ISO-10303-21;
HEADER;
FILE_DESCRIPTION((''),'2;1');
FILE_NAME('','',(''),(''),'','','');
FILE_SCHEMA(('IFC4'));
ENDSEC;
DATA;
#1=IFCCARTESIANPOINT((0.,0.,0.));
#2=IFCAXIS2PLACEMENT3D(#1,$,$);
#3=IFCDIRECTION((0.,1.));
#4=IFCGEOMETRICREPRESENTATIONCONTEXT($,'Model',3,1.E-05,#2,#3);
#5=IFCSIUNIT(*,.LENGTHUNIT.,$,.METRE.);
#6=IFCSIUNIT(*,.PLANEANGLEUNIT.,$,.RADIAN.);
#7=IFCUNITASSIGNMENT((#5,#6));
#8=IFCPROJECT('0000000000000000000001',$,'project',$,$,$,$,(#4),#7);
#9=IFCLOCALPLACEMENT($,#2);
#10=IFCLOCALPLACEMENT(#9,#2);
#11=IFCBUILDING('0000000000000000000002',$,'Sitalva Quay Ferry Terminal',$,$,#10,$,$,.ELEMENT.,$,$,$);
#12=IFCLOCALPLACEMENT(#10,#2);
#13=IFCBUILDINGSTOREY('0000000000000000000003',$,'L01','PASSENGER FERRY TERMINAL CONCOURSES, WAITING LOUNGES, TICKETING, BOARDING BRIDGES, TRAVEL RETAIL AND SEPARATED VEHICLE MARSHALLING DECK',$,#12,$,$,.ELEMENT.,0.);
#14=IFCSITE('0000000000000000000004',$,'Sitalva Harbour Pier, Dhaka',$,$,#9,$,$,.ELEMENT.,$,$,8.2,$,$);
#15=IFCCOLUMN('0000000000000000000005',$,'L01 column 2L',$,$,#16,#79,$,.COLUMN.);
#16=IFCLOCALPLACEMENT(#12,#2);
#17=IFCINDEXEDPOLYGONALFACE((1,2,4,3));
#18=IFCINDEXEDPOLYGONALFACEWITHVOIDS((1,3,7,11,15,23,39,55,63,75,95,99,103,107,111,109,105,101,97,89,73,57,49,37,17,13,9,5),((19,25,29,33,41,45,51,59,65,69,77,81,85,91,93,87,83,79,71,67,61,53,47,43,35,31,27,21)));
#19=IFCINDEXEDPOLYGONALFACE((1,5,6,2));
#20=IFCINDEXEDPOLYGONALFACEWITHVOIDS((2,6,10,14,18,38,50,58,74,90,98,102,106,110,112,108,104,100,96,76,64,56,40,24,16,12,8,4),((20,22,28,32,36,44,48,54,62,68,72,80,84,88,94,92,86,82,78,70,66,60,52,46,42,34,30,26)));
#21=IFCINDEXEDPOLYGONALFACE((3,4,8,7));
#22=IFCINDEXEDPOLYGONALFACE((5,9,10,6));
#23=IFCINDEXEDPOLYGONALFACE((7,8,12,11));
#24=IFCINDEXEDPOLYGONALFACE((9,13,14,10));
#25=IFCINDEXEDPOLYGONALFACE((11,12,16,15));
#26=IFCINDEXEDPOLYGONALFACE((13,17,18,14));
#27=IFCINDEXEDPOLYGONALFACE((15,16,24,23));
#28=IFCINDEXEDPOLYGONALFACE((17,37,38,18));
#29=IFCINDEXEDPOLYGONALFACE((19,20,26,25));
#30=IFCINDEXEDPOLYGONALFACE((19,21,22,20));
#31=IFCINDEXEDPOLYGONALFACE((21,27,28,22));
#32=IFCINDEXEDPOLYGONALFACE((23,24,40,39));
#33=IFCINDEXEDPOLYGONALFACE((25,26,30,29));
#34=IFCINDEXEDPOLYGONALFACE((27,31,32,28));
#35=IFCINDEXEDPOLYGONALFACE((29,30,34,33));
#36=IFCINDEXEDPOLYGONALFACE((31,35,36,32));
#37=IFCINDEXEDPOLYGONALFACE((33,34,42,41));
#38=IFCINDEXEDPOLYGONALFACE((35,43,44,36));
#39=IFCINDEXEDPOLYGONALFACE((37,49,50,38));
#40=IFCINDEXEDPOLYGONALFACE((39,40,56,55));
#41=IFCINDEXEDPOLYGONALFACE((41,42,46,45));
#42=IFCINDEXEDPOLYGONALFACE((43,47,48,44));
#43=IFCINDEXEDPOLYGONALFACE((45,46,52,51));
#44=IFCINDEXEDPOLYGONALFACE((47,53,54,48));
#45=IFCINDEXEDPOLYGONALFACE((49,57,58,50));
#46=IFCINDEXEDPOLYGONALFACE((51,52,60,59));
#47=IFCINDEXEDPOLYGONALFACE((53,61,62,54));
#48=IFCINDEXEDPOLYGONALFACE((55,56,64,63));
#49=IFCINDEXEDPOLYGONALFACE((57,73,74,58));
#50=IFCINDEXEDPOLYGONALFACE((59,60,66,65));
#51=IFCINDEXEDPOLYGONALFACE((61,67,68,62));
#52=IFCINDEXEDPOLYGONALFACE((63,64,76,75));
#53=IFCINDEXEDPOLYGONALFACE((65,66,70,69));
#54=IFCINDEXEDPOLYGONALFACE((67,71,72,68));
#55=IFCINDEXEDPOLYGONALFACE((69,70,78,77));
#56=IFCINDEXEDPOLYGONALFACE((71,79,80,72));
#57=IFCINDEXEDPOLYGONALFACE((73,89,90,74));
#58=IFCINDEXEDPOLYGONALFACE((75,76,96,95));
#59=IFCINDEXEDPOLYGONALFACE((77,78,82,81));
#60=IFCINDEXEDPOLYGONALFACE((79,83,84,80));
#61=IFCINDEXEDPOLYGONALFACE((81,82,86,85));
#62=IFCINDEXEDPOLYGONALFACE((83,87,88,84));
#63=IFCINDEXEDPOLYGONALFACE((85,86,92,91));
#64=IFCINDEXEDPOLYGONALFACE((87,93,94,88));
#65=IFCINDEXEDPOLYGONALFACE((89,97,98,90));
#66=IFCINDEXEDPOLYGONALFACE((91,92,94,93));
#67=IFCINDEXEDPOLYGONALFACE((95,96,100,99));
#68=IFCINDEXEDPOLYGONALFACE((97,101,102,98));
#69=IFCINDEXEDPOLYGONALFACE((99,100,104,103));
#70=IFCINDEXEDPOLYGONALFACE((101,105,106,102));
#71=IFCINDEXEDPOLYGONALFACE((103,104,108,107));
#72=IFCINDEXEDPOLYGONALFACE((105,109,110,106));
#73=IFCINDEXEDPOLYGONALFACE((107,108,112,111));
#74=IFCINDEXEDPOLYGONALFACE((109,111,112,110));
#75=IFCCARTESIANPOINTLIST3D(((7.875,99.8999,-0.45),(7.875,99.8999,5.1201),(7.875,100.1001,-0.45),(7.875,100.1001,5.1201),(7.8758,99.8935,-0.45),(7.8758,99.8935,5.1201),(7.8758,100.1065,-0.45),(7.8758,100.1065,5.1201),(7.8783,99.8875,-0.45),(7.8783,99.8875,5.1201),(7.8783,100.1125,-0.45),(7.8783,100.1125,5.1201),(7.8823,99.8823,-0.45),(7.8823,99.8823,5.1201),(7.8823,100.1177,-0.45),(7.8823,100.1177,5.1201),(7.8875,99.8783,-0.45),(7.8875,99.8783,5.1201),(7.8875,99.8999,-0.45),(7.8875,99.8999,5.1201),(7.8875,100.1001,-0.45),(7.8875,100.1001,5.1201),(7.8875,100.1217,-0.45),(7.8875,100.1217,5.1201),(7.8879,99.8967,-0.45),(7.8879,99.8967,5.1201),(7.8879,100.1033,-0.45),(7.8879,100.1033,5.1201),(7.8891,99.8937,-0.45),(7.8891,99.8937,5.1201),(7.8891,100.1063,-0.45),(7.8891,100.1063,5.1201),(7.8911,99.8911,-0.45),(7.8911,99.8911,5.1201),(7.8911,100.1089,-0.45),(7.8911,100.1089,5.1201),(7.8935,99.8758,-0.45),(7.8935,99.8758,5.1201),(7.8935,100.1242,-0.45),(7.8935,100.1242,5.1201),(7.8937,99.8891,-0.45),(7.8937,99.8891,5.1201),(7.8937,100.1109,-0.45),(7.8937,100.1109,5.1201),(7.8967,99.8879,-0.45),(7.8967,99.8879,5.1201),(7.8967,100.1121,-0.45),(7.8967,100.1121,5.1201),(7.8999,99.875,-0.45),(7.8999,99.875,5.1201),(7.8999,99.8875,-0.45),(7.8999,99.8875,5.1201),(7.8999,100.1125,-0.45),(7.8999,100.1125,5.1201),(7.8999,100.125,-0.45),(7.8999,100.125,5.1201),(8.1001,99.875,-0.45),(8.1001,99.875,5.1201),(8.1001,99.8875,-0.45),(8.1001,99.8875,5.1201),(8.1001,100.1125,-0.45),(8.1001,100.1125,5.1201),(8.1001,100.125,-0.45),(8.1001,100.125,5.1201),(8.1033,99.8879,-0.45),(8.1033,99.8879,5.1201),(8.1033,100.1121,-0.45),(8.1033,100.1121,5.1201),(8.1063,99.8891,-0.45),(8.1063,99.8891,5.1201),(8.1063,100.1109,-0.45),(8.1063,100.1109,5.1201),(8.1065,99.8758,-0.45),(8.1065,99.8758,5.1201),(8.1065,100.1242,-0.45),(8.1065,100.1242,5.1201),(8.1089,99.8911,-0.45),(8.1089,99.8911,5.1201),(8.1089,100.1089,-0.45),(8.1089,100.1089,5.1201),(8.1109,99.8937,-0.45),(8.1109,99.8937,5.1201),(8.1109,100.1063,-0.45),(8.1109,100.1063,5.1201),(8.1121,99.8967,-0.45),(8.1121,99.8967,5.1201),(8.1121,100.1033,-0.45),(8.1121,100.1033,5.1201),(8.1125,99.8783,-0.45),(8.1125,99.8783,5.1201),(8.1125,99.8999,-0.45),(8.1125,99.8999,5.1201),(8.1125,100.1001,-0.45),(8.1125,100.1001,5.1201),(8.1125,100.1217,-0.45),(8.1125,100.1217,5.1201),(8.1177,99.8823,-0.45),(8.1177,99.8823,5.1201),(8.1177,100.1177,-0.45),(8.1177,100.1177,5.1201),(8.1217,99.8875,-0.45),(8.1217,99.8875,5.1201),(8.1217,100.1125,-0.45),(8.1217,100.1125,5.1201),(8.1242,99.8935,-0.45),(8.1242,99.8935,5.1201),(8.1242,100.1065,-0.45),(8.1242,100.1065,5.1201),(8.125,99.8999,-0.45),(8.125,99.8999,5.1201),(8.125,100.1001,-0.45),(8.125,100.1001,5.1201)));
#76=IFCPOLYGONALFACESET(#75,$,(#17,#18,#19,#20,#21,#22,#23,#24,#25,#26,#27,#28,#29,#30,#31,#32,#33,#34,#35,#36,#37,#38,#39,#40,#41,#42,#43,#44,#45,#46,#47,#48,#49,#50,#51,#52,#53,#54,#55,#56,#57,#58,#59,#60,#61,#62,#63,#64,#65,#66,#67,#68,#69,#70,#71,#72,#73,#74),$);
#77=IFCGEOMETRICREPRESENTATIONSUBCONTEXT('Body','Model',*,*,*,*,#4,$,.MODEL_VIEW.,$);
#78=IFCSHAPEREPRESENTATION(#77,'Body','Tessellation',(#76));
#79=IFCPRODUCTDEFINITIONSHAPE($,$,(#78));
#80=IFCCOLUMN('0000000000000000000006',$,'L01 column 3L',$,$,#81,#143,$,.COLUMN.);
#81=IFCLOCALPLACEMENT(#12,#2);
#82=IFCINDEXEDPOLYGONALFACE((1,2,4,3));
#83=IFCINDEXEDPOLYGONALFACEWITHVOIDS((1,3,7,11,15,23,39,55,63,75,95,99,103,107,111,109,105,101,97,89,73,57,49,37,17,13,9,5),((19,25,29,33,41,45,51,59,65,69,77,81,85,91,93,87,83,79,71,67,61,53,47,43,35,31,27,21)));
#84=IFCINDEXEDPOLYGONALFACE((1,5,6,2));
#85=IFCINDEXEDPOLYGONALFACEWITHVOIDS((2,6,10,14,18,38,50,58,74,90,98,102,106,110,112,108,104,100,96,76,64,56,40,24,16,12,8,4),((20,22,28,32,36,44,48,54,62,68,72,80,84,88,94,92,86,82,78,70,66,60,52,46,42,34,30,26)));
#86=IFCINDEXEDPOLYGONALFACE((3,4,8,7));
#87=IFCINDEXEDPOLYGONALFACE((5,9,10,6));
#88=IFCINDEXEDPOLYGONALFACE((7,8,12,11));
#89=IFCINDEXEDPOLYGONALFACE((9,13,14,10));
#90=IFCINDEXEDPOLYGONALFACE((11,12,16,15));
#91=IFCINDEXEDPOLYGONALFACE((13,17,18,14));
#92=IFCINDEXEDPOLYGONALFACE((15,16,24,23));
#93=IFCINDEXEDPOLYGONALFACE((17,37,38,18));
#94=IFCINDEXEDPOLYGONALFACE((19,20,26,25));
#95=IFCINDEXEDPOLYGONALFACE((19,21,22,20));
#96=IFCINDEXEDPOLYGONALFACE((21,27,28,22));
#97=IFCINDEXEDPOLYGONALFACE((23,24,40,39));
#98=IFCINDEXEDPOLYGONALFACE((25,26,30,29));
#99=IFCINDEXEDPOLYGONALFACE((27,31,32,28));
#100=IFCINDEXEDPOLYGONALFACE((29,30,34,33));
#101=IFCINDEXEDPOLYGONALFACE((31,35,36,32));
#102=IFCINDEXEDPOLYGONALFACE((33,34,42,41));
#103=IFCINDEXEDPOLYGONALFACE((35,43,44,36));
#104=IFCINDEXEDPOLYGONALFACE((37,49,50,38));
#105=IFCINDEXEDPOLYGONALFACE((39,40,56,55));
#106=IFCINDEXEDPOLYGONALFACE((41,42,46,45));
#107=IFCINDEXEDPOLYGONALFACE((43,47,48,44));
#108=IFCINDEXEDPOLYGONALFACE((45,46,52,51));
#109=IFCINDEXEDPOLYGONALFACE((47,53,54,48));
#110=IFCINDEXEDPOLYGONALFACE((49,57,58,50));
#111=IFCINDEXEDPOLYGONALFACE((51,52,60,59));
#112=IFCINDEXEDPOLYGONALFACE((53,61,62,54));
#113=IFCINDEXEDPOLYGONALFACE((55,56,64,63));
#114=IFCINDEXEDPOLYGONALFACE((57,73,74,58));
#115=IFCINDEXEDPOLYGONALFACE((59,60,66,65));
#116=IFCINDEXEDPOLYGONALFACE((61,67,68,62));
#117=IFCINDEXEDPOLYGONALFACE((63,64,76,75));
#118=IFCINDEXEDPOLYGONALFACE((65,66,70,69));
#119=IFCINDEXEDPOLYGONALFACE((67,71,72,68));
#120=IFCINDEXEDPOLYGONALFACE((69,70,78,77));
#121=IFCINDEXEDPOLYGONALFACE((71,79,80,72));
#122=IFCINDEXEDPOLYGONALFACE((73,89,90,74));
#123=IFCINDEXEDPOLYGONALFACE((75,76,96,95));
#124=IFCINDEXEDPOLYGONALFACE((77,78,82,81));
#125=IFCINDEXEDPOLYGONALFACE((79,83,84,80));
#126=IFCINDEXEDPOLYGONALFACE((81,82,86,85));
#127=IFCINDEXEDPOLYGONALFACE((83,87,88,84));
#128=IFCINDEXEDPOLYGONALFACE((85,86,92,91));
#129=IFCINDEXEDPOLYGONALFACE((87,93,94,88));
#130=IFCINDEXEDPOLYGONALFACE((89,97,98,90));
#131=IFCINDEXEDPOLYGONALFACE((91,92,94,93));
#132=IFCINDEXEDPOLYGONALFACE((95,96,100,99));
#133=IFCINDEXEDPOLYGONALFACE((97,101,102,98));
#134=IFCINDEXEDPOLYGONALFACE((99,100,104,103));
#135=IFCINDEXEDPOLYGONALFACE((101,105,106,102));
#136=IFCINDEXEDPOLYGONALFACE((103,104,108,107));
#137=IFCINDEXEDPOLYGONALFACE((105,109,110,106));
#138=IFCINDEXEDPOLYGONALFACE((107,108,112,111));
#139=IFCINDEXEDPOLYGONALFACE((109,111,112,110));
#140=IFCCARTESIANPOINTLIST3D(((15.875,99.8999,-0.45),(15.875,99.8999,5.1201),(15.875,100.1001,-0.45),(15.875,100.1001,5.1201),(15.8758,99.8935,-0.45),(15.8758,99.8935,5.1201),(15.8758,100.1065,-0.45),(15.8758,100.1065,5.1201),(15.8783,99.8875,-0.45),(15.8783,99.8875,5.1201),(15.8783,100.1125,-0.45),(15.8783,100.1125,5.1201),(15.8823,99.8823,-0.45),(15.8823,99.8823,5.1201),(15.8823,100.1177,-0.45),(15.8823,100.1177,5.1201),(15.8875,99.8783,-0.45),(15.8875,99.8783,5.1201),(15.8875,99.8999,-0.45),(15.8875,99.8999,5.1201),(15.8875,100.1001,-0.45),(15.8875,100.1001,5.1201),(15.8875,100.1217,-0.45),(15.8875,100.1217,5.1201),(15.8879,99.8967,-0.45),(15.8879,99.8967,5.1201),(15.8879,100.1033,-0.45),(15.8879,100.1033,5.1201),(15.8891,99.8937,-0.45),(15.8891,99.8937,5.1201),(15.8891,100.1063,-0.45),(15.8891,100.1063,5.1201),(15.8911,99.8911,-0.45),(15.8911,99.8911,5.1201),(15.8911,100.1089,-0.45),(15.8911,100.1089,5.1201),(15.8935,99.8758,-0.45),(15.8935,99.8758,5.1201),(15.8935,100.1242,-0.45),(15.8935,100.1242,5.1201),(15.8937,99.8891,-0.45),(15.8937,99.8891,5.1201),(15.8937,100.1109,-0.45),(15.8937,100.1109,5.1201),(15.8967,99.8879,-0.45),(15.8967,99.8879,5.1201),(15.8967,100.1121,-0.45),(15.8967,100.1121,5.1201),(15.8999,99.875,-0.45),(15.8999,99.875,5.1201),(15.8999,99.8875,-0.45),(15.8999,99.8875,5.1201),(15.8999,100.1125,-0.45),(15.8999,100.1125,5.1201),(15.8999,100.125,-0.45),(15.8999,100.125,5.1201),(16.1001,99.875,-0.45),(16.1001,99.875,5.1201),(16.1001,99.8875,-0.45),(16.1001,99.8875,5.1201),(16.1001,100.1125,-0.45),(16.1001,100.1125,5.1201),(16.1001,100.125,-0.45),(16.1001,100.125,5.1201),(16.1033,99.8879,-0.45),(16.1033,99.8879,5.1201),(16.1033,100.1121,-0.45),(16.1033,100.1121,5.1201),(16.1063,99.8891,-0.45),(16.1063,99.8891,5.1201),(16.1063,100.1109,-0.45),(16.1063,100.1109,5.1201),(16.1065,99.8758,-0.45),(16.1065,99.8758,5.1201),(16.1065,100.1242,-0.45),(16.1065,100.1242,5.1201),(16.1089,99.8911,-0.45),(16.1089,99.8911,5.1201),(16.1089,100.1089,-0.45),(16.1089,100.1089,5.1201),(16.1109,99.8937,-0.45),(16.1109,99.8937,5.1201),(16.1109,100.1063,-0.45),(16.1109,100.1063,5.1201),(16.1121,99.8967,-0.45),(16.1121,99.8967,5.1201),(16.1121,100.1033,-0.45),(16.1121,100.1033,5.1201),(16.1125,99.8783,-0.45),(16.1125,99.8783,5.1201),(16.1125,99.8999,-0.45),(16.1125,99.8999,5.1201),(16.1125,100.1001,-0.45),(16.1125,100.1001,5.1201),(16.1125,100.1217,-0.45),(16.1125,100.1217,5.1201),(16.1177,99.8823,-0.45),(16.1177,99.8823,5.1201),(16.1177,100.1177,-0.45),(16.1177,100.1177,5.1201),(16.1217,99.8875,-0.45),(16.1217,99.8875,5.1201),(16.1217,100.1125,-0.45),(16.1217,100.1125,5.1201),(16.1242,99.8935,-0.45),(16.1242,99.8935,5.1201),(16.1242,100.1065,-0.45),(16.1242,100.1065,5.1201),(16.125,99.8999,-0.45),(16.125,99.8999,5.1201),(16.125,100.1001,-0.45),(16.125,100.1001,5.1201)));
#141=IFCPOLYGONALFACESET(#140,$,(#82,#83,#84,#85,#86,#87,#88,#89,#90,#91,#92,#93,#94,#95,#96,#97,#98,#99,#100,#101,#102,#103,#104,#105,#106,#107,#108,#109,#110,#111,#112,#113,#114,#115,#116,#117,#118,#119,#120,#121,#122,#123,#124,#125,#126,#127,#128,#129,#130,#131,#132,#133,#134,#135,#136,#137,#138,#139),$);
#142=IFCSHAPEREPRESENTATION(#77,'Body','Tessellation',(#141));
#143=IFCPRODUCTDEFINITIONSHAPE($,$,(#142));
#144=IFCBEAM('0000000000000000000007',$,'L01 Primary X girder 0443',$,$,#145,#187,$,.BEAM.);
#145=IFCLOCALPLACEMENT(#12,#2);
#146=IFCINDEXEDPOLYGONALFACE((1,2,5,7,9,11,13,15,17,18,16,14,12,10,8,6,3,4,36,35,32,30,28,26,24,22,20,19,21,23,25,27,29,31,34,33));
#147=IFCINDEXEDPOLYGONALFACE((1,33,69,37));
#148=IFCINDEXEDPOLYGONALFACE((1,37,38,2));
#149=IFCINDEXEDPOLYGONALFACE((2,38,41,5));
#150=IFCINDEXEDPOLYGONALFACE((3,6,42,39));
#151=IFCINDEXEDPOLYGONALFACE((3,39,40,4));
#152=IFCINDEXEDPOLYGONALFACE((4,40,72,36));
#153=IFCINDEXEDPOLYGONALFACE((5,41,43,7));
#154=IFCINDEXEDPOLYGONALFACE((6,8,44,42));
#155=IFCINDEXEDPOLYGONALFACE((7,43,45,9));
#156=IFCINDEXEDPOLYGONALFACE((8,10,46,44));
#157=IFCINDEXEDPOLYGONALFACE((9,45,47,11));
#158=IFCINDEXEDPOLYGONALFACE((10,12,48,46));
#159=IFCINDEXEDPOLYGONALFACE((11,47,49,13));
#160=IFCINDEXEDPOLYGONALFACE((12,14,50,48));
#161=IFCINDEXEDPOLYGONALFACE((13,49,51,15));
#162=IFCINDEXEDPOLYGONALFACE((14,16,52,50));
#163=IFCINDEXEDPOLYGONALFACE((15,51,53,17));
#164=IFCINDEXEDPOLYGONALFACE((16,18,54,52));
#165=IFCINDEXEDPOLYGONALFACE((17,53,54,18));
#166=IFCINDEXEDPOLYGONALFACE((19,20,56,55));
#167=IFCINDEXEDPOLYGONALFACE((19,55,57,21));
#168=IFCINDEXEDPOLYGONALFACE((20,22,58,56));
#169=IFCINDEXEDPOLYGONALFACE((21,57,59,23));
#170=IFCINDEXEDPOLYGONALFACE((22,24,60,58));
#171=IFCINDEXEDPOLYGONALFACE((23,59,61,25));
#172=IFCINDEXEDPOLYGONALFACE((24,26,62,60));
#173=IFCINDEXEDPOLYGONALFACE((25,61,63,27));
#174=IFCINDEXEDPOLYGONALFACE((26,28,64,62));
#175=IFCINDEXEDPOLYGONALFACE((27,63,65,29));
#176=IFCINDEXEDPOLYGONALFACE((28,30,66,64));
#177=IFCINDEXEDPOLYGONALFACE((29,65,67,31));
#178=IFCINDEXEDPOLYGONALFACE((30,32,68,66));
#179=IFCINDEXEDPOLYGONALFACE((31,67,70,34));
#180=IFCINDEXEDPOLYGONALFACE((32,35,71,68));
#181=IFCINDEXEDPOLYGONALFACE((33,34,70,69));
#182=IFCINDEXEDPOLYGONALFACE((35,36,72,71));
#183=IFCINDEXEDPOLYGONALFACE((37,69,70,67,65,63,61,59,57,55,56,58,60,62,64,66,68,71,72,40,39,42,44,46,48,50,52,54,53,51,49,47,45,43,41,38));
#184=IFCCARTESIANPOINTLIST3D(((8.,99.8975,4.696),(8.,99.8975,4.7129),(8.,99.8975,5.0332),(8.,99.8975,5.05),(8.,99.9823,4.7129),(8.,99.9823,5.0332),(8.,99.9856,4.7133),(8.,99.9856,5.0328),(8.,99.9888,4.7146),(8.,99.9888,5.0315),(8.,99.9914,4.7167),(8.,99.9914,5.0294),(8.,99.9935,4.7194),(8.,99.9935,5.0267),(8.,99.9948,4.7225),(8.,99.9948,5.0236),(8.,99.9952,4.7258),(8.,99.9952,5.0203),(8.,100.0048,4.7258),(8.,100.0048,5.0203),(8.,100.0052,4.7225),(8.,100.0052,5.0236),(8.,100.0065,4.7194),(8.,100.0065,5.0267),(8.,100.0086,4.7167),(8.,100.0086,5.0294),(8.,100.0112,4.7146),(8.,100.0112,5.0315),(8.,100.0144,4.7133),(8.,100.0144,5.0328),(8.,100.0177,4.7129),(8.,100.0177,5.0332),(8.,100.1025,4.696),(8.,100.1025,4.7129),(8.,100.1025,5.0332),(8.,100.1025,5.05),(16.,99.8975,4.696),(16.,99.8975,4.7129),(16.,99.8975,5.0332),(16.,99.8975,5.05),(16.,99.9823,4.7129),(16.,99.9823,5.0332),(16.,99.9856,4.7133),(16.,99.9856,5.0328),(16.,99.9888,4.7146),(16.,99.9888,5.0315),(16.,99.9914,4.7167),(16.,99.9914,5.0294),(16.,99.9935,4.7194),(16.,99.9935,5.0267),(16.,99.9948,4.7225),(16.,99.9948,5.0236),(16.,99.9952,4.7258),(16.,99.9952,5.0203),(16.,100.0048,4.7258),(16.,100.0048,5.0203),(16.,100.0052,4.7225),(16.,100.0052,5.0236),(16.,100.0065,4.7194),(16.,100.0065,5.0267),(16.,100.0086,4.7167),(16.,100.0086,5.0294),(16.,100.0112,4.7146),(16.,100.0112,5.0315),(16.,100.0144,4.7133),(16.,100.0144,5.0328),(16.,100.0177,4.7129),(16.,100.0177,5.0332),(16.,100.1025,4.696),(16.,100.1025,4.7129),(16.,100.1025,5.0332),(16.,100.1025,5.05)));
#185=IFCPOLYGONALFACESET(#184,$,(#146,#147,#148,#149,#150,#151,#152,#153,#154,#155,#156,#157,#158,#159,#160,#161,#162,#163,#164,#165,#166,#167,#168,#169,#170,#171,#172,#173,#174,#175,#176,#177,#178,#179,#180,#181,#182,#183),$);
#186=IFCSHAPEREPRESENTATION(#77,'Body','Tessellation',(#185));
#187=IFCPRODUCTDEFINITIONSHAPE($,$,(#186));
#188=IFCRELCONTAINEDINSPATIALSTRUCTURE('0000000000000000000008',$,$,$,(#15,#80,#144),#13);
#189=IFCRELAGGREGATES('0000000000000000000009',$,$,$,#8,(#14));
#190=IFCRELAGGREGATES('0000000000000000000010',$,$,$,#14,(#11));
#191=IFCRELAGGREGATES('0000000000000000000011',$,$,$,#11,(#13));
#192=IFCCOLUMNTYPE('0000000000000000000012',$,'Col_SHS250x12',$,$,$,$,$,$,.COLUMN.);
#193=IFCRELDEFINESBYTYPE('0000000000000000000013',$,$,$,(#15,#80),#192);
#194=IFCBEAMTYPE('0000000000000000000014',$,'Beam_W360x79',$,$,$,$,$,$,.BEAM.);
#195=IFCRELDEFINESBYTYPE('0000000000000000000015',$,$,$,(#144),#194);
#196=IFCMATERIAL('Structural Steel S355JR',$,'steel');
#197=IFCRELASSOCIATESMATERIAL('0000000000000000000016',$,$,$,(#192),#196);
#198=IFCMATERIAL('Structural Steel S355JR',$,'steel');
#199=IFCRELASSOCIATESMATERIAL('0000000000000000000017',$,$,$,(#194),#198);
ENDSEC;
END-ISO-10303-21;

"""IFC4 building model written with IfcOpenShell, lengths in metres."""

from ifc_helpers import new_model, si_unit, direction, frame, origin, origin_2d, place, context, subcontext, project, spatial, hollow_rectangle, i_section, extrude, material, material_profile, profile_set, type_object, element, save


model = new_model("IFC4")

# Units and contexts
model_context = context("Model", 3, precision=1e-05, world=origin(), true_north=direction((0.0, 1.0)))
body_context = subcontext(model_context, "Body", "Model", "MODEL_VIEW")
ifc_project = project(units=[si_unit("LENGTHUNIT", "METRE"), si_unit("PLANEANGLEUNIT", "RADIAN")], contexts=[model_context])

# Site, building, storey
site_placement = place(None, origin())
site = spatial("IfcSite", under=ifc_project, at=site_placement, Name="Sitalva Harbour Pier, Dhaka", CompositionType="ELEMENT", RefElevation=8.2)
building_placement = place(site_placement, origin())
building = spatial("IfcBuilding", under=site, at=building_placement, Name="Sitalva Quay Ferry Terminal", CompositionType="ELEMENT")
storey_placement = place(building_placement, origin())
storey = spatial("IfcBuildingStorey", under=building, at=storey_placement, Name="L01", Description="PASSENGER FERRY TERMINAL CONCOURSES, WAITING LOUNGES, TICKETING, BOARDING BRIDGES, TRAVEL RETAIL AND SEPARATED VEHICLE MARSHALLING DECK", CompositionType="ELEMENT", Elevation=0.0)

# Columns
ifc_material_1 = material(Name="Structural Steel S355JR", Category="steel")
ifc_material_profile_1 = material_profile(ifc_material_1, hollow_rectangle(XDim=0.25, YDim=0.25, WallThickness=0.0125, InnerFilletRadius=0.0125, OuterFilletRadius=0.0249, at=origin_2d()), Name="SHS250x250x12.5")
ifc_profile_set_1 = profile_set([ifc_material_profile_1], Name="Structural Steel S355JR")
column_type = type_object("IfcColumnType", Name="Col_SHS250x12", PredefinedType="COLUMN", material=ifc_profile_set_1)
for number, where, z_axis, x_axis, name in (
    (1, (8.0, 100.0, -0.45), (0.0, 0.0, 1.0), (1.0, 0.0, 0.0), "L01 column 2L"),
    (2, (16.0, 100.0, -0.45), (0.0, 0.0, 1.0), (1.0, 0.0, 0.0), "L01 column 3L"),
):
    element("IfcColumn", number, at=place(storey_placement, frame(where, z_axis=z_axis, x_axis=x_axis)), inside=storey, type_object=column_type, Name=name, PredefinedType="COLUMN", context=body_context, shape_type="SweptSolid", body=[
        extrude(hollow_rectangle(XDim=0.25, YDim=0.25, WallThickness=0.0125, InnerFilletRadius=0.0125, OuterFilletRadius=0.0249, at=origin_2d()), origin(), (0.0, 0.0, 1.0), 5.5701),
    ])

# Beam
ifc_material_2 = material(Name="Structural Steel S355JR", Category="steel")
ifc_material_profile_2 = material_profile(ifc_material_2, i_section(OverallWidth=0.2051, OverallDepth=0.354, WebThickness=0.0095, FlangeThickness=0.0168, FilletRadius=0.0129, at=origin_2d()), Name="W360x79")
ifc_profile_set_2 = profile_set([ifc_material_profile_2], Name="Structural Steel S355JR")
beam_type_1 = type_object("IfcBeamType", Name="Beam_W360x79", PredefinedType="BEAM", material=ifc_profile_set_2)
beam_1_placement = place(storey_placement, frame((8.0, 100.0, 4.873), z_axis=(1.0, 0.0, 0.0), x_axis=(0.0, 1.0, 0.0)))
element("IfcBeam", 3, at=beam_1_placement, inside=storey, type_object=beam_type_1, Name="L01 Primary X girder 0443", PredefinedType="BEAM", context=body_context, shape_type="SweptSolid", body=[
    extrude(i_section(OverallWidth=0.2051, OverallDepth=0.354, WebThickness=0.0095, FlangeThickness=0.0168, FilletRadius=0.0129, at=origin_2d()), origin(), (0.0, 0.0, 1.0), 8.0),
])

save(model, "model.ifc")
